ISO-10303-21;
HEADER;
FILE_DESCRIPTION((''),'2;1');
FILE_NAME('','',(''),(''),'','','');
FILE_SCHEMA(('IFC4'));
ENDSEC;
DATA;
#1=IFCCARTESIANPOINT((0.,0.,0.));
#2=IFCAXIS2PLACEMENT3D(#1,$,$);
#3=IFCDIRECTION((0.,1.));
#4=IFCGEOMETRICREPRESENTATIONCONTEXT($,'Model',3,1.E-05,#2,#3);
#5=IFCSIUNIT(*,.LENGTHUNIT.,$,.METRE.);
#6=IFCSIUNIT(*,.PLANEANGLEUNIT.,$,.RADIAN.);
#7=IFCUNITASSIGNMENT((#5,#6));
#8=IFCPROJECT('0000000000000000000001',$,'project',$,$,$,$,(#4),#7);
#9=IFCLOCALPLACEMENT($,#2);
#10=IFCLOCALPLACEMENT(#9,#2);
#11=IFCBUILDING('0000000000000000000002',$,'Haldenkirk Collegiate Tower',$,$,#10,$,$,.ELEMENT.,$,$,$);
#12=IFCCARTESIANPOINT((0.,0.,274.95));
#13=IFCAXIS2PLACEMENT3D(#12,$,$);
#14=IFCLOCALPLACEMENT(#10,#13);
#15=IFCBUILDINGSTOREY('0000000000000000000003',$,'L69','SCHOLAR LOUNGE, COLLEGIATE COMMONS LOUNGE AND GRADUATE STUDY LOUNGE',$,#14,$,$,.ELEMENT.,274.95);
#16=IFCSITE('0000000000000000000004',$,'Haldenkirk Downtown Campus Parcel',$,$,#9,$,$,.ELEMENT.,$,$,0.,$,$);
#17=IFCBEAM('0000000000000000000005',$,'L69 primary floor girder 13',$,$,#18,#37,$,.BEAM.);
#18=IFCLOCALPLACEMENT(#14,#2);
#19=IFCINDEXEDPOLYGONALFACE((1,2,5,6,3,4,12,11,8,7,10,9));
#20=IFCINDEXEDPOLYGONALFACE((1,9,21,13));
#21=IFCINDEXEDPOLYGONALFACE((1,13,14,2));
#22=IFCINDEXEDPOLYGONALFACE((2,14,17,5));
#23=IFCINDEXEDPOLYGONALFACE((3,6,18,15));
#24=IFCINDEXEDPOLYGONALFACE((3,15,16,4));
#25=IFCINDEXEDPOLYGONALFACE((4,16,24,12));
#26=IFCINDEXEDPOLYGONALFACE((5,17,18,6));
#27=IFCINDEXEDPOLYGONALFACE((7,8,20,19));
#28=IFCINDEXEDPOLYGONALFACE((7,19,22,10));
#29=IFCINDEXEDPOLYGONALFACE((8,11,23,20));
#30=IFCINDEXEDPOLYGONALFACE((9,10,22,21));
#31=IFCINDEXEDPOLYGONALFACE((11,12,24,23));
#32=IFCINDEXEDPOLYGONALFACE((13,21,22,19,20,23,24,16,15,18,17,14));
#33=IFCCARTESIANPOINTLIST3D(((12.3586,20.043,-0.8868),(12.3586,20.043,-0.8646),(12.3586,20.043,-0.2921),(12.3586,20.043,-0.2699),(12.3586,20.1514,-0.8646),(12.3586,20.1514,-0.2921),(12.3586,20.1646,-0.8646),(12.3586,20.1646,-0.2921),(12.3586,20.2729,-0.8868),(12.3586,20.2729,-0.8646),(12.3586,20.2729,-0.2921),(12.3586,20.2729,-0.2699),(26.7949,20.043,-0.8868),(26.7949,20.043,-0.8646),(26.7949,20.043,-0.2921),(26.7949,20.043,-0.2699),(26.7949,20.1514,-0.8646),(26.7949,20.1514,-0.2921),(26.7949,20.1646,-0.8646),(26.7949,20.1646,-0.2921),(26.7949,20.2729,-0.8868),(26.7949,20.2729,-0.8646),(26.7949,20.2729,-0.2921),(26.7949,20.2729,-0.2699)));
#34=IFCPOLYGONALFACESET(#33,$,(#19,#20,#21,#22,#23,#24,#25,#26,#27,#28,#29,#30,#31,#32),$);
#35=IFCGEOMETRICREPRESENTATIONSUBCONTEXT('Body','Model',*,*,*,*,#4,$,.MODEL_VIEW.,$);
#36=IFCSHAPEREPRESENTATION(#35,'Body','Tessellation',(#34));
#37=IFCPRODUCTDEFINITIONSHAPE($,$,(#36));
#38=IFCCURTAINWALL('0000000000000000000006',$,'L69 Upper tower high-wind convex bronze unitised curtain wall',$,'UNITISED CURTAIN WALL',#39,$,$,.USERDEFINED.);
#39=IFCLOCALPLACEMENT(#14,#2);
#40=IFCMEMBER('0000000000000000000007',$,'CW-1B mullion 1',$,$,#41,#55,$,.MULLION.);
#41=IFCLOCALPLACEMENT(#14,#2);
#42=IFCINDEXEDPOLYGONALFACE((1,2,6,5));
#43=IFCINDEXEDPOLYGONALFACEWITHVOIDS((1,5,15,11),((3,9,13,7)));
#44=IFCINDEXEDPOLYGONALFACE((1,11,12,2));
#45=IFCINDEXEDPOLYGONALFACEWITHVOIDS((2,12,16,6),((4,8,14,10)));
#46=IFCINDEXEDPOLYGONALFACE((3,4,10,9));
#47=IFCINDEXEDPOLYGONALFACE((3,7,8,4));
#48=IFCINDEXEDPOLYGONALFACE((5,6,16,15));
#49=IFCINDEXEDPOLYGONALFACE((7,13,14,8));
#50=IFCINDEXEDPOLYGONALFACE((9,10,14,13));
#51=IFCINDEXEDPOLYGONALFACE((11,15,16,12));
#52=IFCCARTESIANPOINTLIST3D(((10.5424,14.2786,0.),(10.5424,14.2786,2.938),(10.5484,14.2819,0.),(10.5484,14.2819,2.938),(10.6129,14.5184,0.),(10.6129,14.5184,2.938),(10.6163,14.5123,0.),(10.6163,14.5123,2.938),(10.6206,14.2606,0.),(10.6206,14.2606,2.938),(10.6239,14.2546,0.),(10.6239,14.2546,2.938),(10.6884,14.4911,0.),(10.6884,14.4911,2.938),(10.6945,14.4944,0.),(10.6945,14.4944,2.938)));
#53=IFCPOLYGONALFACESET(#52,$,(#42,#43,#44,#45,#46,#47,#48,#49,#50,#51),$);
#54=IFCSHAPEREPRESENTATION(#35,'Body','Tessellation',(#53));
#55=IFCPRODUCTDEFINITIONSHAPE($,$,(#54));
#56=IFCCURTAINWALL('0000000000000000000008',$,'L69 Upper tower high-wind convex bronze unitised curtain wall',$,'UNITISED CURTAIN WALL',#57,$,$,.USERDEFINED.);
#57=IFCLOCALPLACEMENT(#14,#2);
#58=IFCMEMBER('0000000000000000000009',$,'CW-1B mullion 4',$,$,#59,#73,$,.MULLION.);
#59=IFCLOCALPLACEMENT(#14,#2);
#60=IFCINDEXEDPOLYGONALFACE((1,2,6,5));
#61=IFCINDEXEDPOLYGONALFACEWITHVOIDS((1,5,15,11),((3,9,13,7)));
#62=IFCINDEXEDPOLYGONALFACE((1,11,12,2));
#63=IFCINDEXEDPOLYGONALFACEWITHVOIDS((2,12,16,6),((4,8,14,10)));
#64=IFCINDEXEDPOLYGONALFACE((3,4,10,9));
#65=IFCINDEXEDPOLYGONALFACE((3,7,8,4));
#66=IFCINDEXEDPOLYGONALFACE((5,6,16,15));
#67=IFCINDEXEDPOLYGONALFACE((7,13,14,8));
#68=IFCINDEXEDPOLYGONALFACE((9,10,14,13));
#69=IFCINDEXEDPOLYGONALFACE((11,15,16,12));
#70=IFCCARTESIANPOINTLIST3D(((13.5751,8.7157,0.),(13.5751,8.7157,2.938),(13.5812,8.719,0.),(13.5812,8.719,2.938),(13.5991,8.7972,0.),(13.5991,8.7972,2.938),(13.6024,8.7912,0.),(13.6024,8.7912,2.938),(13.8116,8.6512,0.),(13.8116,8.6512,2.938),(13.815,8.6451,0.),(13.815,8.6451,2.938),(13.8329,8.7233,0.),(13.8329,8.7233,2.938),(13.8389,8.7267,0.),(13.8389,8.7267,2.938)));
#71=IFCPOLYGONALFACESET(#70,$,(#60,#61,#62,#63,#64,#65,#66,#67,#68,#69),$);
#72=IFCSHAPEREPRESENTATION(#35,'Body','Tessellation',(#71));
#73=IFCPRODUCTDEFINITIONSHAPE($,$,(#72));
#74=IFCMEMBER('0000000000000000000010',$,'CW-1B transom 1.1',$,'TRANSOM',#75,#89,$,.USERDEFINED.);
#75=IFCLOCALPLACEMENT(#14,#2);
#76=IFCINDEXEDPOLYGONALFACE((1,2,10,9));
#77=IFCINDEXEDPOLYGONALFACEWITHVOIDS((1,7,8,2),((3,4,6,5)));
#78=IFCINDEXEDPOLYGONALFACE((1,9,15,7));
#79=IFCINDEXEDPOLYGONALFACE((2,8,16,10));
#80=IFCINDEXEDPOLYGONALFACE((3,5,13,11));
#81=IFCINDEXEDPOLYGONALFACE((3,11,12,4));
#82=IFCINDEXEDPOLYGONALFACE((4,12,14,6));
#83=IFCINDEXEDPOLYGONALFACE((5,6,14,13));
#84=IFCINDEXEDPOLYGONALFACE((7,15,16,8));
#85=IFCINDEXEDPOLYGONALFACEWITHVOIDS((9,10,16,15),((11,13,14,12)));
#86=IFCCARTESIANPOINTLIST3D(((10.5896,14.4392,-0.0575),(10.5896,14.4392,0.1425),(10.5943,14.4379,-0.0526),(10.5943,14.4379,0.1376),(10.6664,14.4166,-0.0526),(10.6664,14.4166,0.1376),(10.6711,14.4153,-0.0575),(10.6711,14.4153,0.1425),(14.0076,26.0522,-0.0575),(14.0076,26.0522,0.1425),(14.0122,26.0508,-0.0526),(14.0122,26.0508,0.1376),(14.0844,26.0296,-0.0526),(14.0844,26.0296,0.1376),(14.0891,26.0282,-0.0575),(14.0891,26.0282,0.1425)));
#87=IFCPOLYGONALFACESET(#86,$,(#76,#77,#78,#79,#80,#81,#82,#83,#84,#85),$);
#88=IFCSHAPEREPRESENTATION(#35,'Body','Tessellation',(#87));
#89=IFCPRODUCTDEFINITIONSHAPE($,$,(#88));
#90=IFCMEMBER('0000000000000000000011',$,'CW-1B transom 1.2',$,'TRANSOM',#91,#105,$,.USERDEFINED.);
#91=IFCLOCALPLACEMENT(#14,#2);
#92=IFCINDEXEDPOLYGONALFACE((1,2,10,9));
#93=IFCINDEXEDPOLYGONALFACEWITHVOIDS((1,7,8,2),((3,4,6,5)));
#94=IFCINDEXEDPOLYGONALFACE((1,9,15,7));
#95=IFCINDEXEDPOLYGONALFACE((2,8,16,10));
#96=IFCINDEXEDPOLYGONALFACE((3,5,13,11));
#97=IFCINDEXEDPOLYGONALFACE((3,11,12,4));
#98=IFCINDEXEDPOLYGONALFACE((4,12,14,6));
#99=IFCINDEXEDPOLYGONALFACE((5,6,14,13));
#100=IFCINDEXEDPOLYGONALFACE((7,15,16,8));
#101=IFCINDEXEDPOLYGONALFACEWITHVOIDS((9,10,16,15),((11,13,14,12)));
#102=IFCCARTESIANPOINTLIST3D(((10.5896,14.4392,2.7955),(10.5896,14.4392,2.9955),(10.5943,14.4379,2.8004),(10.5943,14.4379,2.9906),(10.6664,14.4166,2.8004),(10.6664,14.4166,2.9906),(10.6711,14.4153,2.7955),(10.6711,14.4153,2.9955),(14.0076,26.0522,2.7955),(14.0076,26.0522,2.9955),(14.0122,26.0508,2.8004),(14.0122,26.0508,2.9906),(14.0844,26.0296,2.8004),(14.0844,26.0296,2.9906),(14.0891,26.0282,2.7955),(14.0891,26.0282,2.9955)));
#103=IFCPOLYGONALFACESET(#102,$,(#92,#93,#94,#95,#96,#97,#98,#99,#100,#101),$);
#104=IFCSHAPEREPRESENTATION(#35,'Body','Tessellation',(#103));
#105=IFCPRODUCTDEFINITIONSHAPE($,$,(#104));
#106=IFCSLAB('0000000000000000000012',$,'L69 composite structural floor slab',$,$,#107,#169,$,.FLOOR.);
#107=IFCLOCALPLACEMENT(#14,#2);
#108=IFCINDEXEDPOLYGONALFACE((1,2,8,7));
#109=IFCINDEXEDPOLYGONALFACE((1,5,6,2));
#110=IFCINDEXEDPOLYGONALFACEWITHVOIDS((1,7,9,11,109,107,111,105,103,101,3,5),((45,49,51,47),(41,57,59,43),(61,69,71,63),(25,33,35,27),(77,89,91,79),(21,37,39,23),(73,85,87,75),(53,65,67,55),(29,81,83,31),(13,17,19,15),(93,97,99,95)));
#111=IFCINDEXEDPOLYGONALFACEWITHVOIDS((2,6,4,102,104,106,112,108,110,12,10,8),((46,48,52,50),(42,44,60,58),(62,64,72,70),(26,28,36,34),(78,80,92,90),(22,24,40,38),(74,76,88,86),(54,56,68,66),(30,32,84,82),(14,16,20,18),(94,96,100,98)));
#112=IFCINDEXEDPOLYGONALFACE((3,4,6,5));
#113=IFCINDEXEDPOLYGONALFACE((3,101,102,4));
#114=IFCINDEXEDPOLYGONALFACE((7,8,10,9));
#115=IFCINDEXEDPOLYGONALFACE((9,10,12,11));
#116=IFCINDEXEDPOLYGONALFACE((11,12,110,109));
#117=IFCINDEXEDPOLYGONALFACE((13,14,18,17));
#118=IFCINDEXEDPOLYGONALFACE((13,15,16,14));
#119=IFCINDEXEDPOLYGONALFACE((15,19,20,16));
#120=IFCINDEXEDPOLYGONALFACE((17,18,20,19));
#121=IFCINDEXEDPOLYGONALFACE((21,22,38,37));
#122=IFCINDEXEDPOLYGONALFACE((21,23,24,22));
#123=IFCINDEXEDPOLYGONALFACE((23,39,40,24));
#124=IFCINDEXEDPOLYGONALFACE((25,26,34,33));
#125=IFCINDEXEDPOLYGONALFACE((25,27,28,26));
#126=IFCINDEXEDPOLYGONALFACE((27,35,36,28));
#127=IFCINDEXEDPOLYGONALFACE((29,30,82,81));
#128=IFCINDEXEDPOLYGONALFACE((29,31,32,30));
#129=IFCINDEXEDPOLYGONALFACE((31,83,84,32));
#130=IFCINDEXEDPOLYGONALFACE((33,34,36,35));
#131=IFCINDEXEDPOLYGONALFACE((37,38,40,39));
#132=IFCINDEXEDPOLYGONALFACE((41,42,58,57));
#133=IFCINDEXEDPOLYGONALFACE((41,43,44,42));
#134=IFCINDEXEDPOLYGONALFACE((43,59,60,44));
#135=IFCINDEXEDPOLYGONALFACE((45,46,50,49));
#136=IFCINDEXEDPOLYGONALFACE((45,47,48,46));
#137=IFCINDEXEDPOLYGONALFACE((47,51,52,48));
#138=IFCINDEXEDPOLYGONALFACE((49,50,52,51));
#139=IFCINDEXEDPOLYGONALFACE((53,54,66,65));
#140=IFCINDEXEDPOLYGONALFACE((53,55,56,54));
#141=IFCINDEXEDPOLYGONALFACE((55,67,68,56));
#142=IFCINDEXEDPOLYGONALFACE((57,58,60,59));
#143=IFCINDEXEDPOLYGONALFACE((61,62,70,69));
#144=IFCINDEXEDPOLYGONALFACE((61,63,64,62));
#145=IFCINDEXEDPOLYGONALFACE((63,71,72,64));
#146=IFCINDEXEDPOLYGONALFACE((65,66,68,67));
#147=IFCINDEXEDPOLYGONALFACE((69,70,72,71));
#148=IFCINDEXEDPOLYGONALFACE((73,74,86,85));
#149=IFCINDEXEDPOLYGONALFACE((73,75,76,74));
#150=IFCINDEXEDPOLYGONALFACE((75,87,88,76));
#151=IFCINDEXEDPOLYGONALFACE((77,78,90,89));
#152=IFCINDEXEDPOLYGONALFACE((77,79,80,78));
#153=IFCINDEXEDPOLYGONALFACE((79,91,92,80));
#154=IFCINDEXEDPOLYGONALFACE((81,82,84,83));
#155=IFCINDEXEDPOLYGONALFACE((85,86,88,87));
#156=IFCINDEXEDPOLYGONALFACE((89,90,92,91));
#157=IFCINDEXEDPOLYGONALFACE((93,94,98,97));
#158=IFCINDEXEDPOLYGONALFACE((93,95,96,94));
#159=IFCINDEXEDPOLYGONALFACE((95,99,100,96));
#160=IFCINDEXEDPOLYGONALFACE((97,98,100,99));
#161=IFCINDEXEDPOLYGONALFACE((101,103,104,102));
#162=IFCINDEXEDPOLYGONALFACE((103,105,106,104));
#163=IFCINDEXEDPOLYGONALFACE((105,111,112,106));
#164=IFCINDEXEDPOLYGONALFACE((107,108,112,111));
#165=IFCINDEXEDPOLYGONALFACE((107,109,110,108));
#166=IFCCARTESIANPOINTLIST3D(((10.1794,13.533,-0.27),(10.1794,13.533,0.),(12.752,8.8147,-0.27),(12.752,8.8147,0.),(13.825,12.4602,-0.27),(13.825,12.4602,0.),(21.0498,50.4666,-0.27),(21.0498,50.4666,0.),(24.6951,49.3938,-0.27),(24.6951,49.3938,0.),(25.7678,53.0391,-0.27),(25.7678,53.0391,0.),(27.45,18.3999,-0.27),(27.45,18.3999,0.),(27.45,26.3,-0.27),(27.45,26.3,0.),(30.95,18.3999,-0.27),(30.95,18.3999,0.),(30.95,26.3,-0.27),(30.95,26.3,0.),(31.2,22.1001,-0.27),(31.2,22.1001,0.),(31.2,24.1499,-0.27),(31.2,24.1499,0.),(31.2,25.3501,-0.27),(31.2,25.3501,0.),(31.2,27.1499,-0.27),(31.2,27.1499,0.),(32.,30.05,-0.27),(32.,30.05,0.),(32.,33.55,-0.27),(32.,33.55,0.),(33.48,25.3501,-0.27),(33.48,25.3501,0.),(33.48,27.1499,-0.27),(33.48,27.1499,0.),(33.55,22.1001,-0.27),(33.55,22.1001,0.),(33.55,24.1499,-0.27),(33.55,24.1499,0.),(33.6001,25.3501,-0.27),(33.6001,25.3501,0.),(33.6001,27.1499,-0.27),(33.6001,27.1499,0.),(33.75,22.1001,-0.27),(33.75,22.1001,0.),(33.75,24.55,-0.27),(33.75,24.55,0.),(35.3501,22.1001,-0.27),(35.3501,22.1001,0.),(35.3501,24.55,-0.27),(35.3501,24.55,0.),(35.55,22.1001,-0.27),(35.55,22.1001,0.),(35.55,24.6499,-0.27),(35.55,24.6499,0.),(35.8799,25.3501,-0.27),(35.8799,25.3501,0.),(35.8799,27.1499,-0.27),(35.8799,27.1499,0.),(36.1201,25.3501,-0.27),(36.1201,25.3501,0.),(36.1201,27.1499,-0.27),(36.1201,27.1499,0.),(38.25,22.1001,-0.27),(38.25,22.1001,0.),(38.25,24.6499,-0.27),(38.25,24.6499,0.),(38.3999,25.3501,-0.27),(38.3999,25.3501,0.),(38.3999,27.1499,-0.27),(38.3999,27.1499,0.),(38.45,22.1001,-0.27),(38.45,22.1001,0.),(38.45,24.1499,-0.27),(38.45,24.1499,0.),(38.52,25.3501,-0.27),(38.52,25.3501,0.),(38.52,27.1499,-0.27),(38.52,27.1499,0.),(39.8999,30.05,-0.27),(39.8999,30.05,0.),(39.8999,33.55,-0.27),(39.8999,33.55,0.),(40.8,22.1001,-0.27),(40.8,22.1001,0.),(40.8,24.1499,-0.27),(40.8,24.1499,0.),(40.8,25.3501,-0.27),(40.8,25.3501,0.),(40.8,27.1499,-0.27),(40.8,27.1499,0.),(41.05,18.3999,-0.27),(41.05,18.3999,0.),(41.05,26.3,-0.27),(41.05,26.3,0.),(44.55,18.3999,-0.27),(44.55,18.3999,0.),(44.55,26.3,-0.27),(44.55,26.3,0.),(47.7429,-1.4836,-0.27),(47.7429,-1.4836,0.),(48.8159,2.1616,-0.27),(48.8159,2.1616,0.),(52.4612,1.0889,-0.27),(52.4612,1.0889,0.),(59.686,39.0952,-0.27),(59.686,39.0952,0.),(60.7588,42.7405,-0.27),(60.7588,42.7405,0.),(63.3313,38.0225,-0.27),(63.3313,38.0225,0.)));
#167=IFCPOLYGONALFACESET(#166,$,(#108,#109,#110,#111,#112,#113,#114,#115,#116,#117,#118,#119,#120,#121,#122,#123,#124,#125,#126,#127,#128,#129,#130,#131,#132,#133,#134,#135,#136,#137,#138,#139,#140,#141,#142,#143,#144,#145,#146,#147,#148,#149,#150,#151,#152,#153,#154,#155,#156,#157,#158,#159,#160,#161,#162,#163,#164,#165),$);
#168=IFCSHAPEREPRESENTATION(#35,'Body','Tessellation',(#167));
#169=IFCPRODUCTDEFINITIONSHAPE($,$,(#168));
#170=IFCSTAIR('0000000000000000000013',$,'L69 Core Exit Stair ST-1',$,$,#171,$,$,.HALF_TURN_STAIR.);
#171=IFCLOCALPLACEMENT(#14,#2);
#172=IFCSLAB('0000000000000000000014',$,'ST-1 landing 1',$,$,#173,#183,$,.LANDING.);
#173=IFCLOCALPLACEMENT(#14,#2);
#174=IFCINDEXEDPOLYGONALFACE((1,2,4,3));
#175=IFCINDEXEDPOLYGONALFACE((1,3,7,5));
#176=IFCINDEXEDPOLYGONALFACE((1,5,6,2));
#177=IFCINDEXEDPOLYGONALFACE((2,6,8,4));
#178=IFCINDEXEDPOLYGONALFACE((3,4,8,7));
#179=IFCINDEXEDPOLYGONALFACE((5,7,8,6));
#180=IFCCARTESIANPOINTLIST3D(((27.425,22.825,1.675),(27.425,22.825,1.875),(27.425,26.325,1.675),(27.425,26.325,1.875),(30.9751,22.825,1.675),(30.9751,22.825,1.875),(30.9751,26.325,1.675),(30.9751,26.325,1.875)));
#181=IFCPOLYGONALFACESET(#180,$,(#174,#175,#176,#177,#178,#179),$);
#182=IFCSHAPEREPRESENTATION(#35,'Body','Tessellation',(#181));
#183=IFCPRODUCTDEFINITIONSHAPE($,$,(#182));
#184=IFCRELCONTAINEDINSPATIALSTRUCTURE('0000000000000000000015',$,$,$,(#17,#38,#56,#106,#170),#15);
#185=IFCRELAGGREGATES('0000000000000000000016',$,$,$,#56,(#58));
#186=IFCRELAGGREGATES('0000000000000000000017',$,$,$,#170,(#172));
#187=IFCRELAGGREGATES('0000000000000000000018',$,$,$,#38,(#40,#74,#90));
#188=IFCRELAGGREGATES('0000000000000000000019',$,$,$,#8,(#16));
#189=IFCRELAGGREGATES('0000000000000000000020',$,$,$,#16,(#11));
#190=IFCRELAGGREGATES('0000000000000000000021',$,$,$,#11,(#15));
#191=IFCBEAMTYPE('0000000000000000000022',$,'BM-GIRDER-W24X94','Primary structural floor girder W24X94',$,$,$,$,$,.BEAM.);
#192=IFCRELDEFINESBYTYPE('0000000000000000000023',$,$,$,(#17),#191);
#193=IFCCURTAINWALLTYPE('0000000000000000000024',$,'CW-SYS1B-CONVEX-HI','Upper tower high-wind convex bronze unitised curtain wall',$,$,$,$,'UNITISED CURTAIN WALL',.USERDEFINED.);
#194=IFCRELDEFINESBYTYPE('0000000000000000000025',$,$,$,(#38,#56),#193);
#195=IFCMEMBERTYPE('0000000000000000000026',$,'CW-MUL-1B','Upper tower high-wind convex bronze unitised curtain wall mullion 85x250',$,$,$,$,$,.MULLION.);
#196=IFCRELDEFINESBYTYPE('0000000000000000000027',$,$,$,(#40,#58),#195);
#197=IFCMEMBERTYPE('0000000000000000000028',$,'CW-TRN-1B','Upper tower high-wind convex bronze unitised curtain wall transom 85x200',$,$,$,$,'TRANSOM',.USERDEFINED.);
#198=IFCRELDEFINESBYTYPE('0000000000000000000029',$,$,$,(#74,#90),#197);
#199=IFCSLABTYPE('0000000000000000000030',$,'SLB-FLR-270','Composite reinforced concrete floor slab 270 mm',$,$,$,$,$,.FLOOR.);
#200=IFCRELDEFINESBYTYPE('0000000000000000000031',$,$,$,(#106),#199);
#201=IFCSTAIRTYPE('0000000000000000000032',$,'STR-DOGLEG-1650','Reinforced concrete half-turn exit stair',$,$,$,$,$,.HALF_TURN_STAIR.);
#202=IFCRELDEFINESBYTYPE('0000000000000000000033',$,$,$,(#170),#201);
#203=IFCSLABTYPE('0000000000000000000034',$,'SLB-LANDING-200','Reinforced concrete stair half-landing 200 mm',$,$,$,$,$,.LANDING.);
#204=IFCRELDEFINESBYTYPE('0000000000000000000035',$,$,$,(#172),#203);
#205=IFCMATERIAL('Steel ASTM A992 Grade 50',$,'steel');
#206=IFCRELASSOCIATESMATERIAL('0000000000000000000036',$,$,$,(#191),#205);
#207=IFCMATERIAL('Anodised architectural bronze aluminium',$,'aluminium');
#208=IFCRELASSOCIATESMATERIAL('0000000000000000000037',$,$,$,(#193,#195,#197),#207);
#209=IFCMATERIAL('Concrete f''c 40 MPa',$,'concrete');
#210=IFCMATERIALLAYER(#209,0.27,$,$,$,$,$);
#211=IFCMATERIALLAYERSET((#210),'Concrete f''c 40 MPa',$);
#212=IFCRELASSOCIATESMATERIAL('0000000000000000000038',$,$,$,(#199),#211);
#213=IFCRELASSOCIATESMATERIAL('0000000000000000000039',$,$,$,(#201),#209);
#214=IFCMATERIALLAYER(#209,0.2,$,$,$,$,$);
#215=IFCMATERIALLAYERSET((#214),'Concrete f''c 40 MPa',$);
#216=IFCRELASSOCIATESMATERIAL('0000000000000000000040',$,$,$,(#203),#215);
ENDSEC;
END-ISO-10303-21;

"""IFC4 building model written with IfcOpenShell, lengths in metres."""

from ifc_helpers import new_model, si_unit, direction, frame, origin, origin_2d, place, context, subcontext, project, spatial, polyline, hollow_rectangle, i_section, outline, extrude, material, layer, layer_set, material_profile, profile_set, type_object, element, aggregate, save


model = new_model("IFC4")

# Units and contexts
model_context = context("Model", 3, precision=1e-05, world=origin(), true_north=direction((0.0, 1.0)))
body_context = subcontext(model_context, "Body", "Model", "MODEL_VIEW")
ifc_project = project(units=[si_unit("LENGTHUNIT", "METRE"), si_unit("PLANEANGLEUNIT", "RADIAN")], contexts=[model_context])

# Site, building, storey
site_placement = place(None, origin())
site = spatial("IfcSite", under=ifc_project, at=site_placement, Name="Haldenkirk Downtown Campus Parcel", CompositionType="ELEMENT", RefElevation=0.0)
building_placement = place(site_placement, origin())
building = spatial("IfcBuilding", under=site, at=building_placement, Name="Haldenkirk Collegiate Tower", CompositionType="ELEMENT")
storey_placement = place(building_placement, frame((0.0, 0.0, 274.95)))
storey = spatial("IfcBuildingStorey", under=building, at=storey_placement, Name="L69", Description="SCHOLAR LOUNGE, COLLEGIATE COMMONS LOUNGE AND GRADUATE STUDY LOUNGE", CompositionType="ELEMENT", Elevation=274.95)

# Beam
ifc_material_1 = material(Name="Steel ASTM A992 Grade 50", Category="steel")
ifc_material_profile_1 = material_profile(ifc_material_1, i_section(OverallWidth=0.23, OverallDepth=0.6169, WebThickness=0.0132, FlangeThickness=0.0222, at=origin_2d()), Name="W24X94")
ifc_profile_set_1 = profile_set([ifc_material_profile_1], Name="Steel ASTM A992 Grade 50")
beam_type = type_object("IfcBeamType", Name="BM-GIRDER-W24X94", Description="Primary structural floor girder W24X94", PredefinedType="BEAM", material=ifc_profile_set_1)
beam_placement = place(storey_placement, frame((12.3586, 20.158, -0.5784), z_axis=(1.0, 0.0, 0.0), x_axis=(0.0, 1.0, 0.0)))
element("IfcBeam", 1, at=beam_placement, inside=storey, type_object=beam_type, Name="L69 primary floor girder 13", PredefinedType="BEAM", context=body_context, shape_type="SweptSolid", body=[
    extrude(i_section(OverallWidth=0.23, OverallDepth=0.6169, WebThickness=0.0132, FlangeThickness=0.0222, at=origin_2d()), origin(), (0.0, 0.0, 1.0), 14.4363),
])

# Curtain walls, members
ifc_material_2 = material(Name="Anodised architectural bronze aluminium", Category="aluminium")
curtain_wall_type = type_object("IfcCurtainWallType", Name="CW-SYS1B-CONVEX-HI", Description="Upper tower high-wind convex bronze unitised curtain wall", ElementType="UNITISED CURTAIN WALL", PredefinedType="USERDEFINED", material=ifc_material_2)
curtain_wall_1_placement = place(storey_placement, origin())
curtain_wall_1 = element("IfcCurtainWall", 2, at=curtain_wall_1_placement, inside=storey, type_object=curtain_wall_type, Name="L69 Upper tower high-wind convex bronze unitised curtain wall", ObjectType="UNITISED CURTAIN WALL", PredefinedType="USERDEFINED")
ifc_material_profile_2 = material_profile(ifc_material_2, hollow_rectangle(XDim=0.085, YDim=0.25, WallThickness=0.0049, at=origin_2d()), Name="CW-MUL-1B")
ifc_profile_set_2 = profile_set([ifc_material_profile_2], Name="Anodised architectural bronze aluminium")
member_type_1 = type_object("IfcMemberType", Name="CW-MUL-1B", Description="Upper tower high-wind convex bronze unitised curtain wall mullion 85x250", PredefinedType="MULLION", material=ifc_profile_set_2)
member_1_placement = place(storey_placement, frame((10.6184, 14.3865, 0.0), z_axis=(0.0, 0.0, 1.0), x_axis=(-0.959313, 0.282344, 0.0)))
member_1 = element("IfcMember", 3, at=member_1_placement, type_object=member_type_1, Name="CW-1B mullion 1", PredefinedType="MULLION", context=body_context, shape_type="SweptSolid", body=[
    extrude(hollow_rectangle(XDim=0.085, YDim=0.25, WallThickness=0.0049, at=origin_2d()), origin(), (0.0, 0.0, 1.0), 2.938),
])
curtain_wall_2_placement = place(storey_placement, origin())
curtain_wall_2 = element("IfcCurtainWall", 4, at=curtain_wall_2_placement, inside=storey, type_object=curtain_wall_type, Name="L69 Upper tower high-wind convex bronze unitised curtain wall", ObjectType="UNITISED CURTAIN WALL", PredefinedType="USERDEFINED")
member_2_placement = place(storey_placement, frame((13.707, 8.7212, 0.0), z_axis=(0.0, 0.0, 1.0), x_axis=(-0.282342, -0.959314, 0.0)))
member_2 = element("IfcMember", 5, at=member_2_placement, type_object=member_type_1, Name="CW-1B mullion 4", PredefinedType="MULLION", context=body_context, shape_type="SweptSolid", body=[
    extrude(hollow_rectangle(XDim=0.085, YDim=0.25, WallThickness=0.0049, at=origin_2d()), origin(), (0.0, 0.0, 1.0), 2.938),
])
aggregate(curtain_wall_2, [member_2])

# Members
ifc_material_profile_3 = material_profile(ifc_material_2, hollow_rectangle(XDim=0.085, YDim=0.2, WallThickness=0.0049, at=origin_2d()), Name="CW-TRN-1B")
ifc_profile_set_3 = profile_set([ifc_material_profile_3], Name="Anodised architectural bronze aluminium")
member_type_2 = type_object("IfcMemberType", Name="CW-TRN-1B", Description="Upper tower high-wind convex bronze unitised curtain wall transom 85x200", ElementType="TRANSOM", PredefinedType="USERDEFINED", material=ifc_profile_set_3)
member_3_placement = place(storey_placement, frame((10.6304, 14.4272, 0.0425), z_axis=(0.282346, 0.959312, 0.0), x_axis=(-0.959312, 0.282346, 0.0)))
member_3 = element("IfcMember", 6, at=member_3_placement, type_object=member_type_2, Name="CW-1B transom 1.1", ObjectType="TRANSOM", PredefinedType="USERDEFINED", context=body_context, shape_type="SweptSolid", body=[
    extrude(hollow_rectangle(XDim=0.085, YDim=0.2, WallThickness=0.0049, at=origin_2d()), origin(), (0.0, 0.0, 1.0), 12.1055),
])
member_4_placement = place(storey_placement, frame((10.6304, 14.4272, 2.8955), z_axis=(0.282346, 0.959312, 0.0), x_axis=(-0.959312, 0.282346, 0.0)))
member_4 = element("IfcMember", 7, at=member_4_placement, type_object=member_type_2, Name="CW-1B transom 1.2", ObjectType="TRANSOM", PredefinedType="USERDEFINED", context=body_context, shape_type="SweptSolid", body=[
    extrude(hollow_rectangle(XDim=0.085, YDim=0.2, WallThickness=0.0049, at=origin_2d()), origin(), (0.0, 0.0, 1.0), 12.1055),
])

# Slab
ifc_material_3 = material(Name="Concrete f'c 40 MPa", Category="concrete")
ifc_layer_1 = layer(ifc_material_3, 0.27)
ifc_layer_set_1 = layer_set([ifc_layer_1], Name="Concrete f'c 40 MPa")
slab_type_1 = type_object("IfcSlabType", Name="SLB-FLR-270", Description="Composite reinforced concrete floor slab 270 mm", PredefinedType="FLOOR", material=ifc_layer_set_1)
slab_1_placement = place(storey_placement, frame((0.0, 0.0, -0.27)))
element("IfcSlab", 8, at=slab_1_placement, inside=storey, type_object=slab_type_1, Name="L69 composite structural floor slab", PredefinedType="FLOOR", context=body_context, shape_type="SweptSolid", body=[
    extrude(outline(polyline([(52.4612, 1.0889), (63.3313, 38.0225), (59.686, 39.0952), (60.7588, 42.7405), (25.7678, 53.0391), (24.6951, 49.3938), (21.0498, 50.4666), (10.1794, 13.533), (13.825, 12.4602), (12.752, 8.8147), (47.7429, -1.4836), (48.8159, 2.1616), (52.4612, 1.0889)]), holes=[polyline([(27.45, 18.3999), (30.95, 18.3999), (30.95, 26.3), (27.45, 26.3), (27.45, 18.3999)]), polyline([(41.05, 18.3999), (44.55, 18.3999), (44.55, 26.3), (41.05, 26.3), (41.05, 18.3999)]), polyline([(32.0, 30.05), (39.8999, 30.05), (39.8999, 33.55), (32.0, 33.55), (32.0, 30.05)]), polyline([(33.75, 22.1001), (35.3501, 22.1001), (35.3501, 24.55), (33.75, 24.55), (33.75, 22.1001)]), polyline([(31.2, 25.3501), (33.48, 25.3501), (33.48, 27.1499), (31.2, 27.1499), (31.2, 25.3501)]), polyline([(33.6001, 25.3501), (35.8799, 25.3501), (35.8799, 27.1499), (33.6001, 27.1499), (33.6001, 25.3501)]), polyline([(36.1201, 25.3501), (38.3999, 25.3501), (38.3999, 27.1499), (36.1201, 27.1499), (36.1201, 25.3501)]), polyline([(38.52, 25.3501), (40.8, 25.3501), (40.8, 27.1499), (38.52, 27.1499), (38.52, 25.3501)]), polyline([(31.2, 22.1001), (33.55, 22.1001), (33.55, 24.1499), (31.2, 24.1499), (31.2, 22.1001)]), polyline([(38.45, 22.1001), (40.8, 22.1001), (40.8, 24.1499), (38.45, 24.1499), (38.45, 22.1001)]), polyline([(35.55, 22.1001), (38.25, 22.1001), (38.25, 24.6499), (35.55, 24.6499), (35.55, 22.1001)])]), origin(), (0.0, 0.0, 1.0), 0.27),
])

# Stair, slab
stair_type = type_object("IfcStairType", Name="STR-DOGLEG-1650", Description="Reinforced concrete half-turn exit stair", PredefinedType="HALF_TURN_STAIR", material=ifc_material_3)
stair_1_placement = place(storey_placement, origin())
stair_1 = element("IfcStair", 9, at=stair_1_placement, inside=storey, type_object=stair_type, Name="L69 Core Exit Stair ST-1", PredefinedType="HALF_TURN_STAIR")
ifc_layer_2 = layer(ifc_material_3, 0.2)
ifc_layer_set_2 = layer_set([ifc_layer_2], Name="Concrete f'c 40 MPa")
slab_type_2 = type_object("IfcSlabType", Name="SLB-LANDING-200", Description="Reinforced concrete stair half-landing 200 mm", PredefinedType="LANDING", material=ifc_layer_set_2)
slab_2_placement = place(storey_placement, frame((0.0, 0.0, 1.675)))
slab_2 = element("IfcSlab", 10, at=slab_2_placement, type_object=slab_type_2, Name="ST-1 landing 1", PredefinedType="LANDING", context=body_context, shape_type="SweptSolid", body=[
    extrude(outline(polyline([(30.9751, 22.825), (27.425, 22.825), (27.425, 26.325), (30.9751, 26.325), (30.9751, 22.825)])), origin(), (0.0, 0.0, 1.0), 0.2),
])
aggregate(stair_1, [slab_2])

aggregate(curtain_wall_1, [member_1, member_3, member_4])

save(model, "model.ifc")
